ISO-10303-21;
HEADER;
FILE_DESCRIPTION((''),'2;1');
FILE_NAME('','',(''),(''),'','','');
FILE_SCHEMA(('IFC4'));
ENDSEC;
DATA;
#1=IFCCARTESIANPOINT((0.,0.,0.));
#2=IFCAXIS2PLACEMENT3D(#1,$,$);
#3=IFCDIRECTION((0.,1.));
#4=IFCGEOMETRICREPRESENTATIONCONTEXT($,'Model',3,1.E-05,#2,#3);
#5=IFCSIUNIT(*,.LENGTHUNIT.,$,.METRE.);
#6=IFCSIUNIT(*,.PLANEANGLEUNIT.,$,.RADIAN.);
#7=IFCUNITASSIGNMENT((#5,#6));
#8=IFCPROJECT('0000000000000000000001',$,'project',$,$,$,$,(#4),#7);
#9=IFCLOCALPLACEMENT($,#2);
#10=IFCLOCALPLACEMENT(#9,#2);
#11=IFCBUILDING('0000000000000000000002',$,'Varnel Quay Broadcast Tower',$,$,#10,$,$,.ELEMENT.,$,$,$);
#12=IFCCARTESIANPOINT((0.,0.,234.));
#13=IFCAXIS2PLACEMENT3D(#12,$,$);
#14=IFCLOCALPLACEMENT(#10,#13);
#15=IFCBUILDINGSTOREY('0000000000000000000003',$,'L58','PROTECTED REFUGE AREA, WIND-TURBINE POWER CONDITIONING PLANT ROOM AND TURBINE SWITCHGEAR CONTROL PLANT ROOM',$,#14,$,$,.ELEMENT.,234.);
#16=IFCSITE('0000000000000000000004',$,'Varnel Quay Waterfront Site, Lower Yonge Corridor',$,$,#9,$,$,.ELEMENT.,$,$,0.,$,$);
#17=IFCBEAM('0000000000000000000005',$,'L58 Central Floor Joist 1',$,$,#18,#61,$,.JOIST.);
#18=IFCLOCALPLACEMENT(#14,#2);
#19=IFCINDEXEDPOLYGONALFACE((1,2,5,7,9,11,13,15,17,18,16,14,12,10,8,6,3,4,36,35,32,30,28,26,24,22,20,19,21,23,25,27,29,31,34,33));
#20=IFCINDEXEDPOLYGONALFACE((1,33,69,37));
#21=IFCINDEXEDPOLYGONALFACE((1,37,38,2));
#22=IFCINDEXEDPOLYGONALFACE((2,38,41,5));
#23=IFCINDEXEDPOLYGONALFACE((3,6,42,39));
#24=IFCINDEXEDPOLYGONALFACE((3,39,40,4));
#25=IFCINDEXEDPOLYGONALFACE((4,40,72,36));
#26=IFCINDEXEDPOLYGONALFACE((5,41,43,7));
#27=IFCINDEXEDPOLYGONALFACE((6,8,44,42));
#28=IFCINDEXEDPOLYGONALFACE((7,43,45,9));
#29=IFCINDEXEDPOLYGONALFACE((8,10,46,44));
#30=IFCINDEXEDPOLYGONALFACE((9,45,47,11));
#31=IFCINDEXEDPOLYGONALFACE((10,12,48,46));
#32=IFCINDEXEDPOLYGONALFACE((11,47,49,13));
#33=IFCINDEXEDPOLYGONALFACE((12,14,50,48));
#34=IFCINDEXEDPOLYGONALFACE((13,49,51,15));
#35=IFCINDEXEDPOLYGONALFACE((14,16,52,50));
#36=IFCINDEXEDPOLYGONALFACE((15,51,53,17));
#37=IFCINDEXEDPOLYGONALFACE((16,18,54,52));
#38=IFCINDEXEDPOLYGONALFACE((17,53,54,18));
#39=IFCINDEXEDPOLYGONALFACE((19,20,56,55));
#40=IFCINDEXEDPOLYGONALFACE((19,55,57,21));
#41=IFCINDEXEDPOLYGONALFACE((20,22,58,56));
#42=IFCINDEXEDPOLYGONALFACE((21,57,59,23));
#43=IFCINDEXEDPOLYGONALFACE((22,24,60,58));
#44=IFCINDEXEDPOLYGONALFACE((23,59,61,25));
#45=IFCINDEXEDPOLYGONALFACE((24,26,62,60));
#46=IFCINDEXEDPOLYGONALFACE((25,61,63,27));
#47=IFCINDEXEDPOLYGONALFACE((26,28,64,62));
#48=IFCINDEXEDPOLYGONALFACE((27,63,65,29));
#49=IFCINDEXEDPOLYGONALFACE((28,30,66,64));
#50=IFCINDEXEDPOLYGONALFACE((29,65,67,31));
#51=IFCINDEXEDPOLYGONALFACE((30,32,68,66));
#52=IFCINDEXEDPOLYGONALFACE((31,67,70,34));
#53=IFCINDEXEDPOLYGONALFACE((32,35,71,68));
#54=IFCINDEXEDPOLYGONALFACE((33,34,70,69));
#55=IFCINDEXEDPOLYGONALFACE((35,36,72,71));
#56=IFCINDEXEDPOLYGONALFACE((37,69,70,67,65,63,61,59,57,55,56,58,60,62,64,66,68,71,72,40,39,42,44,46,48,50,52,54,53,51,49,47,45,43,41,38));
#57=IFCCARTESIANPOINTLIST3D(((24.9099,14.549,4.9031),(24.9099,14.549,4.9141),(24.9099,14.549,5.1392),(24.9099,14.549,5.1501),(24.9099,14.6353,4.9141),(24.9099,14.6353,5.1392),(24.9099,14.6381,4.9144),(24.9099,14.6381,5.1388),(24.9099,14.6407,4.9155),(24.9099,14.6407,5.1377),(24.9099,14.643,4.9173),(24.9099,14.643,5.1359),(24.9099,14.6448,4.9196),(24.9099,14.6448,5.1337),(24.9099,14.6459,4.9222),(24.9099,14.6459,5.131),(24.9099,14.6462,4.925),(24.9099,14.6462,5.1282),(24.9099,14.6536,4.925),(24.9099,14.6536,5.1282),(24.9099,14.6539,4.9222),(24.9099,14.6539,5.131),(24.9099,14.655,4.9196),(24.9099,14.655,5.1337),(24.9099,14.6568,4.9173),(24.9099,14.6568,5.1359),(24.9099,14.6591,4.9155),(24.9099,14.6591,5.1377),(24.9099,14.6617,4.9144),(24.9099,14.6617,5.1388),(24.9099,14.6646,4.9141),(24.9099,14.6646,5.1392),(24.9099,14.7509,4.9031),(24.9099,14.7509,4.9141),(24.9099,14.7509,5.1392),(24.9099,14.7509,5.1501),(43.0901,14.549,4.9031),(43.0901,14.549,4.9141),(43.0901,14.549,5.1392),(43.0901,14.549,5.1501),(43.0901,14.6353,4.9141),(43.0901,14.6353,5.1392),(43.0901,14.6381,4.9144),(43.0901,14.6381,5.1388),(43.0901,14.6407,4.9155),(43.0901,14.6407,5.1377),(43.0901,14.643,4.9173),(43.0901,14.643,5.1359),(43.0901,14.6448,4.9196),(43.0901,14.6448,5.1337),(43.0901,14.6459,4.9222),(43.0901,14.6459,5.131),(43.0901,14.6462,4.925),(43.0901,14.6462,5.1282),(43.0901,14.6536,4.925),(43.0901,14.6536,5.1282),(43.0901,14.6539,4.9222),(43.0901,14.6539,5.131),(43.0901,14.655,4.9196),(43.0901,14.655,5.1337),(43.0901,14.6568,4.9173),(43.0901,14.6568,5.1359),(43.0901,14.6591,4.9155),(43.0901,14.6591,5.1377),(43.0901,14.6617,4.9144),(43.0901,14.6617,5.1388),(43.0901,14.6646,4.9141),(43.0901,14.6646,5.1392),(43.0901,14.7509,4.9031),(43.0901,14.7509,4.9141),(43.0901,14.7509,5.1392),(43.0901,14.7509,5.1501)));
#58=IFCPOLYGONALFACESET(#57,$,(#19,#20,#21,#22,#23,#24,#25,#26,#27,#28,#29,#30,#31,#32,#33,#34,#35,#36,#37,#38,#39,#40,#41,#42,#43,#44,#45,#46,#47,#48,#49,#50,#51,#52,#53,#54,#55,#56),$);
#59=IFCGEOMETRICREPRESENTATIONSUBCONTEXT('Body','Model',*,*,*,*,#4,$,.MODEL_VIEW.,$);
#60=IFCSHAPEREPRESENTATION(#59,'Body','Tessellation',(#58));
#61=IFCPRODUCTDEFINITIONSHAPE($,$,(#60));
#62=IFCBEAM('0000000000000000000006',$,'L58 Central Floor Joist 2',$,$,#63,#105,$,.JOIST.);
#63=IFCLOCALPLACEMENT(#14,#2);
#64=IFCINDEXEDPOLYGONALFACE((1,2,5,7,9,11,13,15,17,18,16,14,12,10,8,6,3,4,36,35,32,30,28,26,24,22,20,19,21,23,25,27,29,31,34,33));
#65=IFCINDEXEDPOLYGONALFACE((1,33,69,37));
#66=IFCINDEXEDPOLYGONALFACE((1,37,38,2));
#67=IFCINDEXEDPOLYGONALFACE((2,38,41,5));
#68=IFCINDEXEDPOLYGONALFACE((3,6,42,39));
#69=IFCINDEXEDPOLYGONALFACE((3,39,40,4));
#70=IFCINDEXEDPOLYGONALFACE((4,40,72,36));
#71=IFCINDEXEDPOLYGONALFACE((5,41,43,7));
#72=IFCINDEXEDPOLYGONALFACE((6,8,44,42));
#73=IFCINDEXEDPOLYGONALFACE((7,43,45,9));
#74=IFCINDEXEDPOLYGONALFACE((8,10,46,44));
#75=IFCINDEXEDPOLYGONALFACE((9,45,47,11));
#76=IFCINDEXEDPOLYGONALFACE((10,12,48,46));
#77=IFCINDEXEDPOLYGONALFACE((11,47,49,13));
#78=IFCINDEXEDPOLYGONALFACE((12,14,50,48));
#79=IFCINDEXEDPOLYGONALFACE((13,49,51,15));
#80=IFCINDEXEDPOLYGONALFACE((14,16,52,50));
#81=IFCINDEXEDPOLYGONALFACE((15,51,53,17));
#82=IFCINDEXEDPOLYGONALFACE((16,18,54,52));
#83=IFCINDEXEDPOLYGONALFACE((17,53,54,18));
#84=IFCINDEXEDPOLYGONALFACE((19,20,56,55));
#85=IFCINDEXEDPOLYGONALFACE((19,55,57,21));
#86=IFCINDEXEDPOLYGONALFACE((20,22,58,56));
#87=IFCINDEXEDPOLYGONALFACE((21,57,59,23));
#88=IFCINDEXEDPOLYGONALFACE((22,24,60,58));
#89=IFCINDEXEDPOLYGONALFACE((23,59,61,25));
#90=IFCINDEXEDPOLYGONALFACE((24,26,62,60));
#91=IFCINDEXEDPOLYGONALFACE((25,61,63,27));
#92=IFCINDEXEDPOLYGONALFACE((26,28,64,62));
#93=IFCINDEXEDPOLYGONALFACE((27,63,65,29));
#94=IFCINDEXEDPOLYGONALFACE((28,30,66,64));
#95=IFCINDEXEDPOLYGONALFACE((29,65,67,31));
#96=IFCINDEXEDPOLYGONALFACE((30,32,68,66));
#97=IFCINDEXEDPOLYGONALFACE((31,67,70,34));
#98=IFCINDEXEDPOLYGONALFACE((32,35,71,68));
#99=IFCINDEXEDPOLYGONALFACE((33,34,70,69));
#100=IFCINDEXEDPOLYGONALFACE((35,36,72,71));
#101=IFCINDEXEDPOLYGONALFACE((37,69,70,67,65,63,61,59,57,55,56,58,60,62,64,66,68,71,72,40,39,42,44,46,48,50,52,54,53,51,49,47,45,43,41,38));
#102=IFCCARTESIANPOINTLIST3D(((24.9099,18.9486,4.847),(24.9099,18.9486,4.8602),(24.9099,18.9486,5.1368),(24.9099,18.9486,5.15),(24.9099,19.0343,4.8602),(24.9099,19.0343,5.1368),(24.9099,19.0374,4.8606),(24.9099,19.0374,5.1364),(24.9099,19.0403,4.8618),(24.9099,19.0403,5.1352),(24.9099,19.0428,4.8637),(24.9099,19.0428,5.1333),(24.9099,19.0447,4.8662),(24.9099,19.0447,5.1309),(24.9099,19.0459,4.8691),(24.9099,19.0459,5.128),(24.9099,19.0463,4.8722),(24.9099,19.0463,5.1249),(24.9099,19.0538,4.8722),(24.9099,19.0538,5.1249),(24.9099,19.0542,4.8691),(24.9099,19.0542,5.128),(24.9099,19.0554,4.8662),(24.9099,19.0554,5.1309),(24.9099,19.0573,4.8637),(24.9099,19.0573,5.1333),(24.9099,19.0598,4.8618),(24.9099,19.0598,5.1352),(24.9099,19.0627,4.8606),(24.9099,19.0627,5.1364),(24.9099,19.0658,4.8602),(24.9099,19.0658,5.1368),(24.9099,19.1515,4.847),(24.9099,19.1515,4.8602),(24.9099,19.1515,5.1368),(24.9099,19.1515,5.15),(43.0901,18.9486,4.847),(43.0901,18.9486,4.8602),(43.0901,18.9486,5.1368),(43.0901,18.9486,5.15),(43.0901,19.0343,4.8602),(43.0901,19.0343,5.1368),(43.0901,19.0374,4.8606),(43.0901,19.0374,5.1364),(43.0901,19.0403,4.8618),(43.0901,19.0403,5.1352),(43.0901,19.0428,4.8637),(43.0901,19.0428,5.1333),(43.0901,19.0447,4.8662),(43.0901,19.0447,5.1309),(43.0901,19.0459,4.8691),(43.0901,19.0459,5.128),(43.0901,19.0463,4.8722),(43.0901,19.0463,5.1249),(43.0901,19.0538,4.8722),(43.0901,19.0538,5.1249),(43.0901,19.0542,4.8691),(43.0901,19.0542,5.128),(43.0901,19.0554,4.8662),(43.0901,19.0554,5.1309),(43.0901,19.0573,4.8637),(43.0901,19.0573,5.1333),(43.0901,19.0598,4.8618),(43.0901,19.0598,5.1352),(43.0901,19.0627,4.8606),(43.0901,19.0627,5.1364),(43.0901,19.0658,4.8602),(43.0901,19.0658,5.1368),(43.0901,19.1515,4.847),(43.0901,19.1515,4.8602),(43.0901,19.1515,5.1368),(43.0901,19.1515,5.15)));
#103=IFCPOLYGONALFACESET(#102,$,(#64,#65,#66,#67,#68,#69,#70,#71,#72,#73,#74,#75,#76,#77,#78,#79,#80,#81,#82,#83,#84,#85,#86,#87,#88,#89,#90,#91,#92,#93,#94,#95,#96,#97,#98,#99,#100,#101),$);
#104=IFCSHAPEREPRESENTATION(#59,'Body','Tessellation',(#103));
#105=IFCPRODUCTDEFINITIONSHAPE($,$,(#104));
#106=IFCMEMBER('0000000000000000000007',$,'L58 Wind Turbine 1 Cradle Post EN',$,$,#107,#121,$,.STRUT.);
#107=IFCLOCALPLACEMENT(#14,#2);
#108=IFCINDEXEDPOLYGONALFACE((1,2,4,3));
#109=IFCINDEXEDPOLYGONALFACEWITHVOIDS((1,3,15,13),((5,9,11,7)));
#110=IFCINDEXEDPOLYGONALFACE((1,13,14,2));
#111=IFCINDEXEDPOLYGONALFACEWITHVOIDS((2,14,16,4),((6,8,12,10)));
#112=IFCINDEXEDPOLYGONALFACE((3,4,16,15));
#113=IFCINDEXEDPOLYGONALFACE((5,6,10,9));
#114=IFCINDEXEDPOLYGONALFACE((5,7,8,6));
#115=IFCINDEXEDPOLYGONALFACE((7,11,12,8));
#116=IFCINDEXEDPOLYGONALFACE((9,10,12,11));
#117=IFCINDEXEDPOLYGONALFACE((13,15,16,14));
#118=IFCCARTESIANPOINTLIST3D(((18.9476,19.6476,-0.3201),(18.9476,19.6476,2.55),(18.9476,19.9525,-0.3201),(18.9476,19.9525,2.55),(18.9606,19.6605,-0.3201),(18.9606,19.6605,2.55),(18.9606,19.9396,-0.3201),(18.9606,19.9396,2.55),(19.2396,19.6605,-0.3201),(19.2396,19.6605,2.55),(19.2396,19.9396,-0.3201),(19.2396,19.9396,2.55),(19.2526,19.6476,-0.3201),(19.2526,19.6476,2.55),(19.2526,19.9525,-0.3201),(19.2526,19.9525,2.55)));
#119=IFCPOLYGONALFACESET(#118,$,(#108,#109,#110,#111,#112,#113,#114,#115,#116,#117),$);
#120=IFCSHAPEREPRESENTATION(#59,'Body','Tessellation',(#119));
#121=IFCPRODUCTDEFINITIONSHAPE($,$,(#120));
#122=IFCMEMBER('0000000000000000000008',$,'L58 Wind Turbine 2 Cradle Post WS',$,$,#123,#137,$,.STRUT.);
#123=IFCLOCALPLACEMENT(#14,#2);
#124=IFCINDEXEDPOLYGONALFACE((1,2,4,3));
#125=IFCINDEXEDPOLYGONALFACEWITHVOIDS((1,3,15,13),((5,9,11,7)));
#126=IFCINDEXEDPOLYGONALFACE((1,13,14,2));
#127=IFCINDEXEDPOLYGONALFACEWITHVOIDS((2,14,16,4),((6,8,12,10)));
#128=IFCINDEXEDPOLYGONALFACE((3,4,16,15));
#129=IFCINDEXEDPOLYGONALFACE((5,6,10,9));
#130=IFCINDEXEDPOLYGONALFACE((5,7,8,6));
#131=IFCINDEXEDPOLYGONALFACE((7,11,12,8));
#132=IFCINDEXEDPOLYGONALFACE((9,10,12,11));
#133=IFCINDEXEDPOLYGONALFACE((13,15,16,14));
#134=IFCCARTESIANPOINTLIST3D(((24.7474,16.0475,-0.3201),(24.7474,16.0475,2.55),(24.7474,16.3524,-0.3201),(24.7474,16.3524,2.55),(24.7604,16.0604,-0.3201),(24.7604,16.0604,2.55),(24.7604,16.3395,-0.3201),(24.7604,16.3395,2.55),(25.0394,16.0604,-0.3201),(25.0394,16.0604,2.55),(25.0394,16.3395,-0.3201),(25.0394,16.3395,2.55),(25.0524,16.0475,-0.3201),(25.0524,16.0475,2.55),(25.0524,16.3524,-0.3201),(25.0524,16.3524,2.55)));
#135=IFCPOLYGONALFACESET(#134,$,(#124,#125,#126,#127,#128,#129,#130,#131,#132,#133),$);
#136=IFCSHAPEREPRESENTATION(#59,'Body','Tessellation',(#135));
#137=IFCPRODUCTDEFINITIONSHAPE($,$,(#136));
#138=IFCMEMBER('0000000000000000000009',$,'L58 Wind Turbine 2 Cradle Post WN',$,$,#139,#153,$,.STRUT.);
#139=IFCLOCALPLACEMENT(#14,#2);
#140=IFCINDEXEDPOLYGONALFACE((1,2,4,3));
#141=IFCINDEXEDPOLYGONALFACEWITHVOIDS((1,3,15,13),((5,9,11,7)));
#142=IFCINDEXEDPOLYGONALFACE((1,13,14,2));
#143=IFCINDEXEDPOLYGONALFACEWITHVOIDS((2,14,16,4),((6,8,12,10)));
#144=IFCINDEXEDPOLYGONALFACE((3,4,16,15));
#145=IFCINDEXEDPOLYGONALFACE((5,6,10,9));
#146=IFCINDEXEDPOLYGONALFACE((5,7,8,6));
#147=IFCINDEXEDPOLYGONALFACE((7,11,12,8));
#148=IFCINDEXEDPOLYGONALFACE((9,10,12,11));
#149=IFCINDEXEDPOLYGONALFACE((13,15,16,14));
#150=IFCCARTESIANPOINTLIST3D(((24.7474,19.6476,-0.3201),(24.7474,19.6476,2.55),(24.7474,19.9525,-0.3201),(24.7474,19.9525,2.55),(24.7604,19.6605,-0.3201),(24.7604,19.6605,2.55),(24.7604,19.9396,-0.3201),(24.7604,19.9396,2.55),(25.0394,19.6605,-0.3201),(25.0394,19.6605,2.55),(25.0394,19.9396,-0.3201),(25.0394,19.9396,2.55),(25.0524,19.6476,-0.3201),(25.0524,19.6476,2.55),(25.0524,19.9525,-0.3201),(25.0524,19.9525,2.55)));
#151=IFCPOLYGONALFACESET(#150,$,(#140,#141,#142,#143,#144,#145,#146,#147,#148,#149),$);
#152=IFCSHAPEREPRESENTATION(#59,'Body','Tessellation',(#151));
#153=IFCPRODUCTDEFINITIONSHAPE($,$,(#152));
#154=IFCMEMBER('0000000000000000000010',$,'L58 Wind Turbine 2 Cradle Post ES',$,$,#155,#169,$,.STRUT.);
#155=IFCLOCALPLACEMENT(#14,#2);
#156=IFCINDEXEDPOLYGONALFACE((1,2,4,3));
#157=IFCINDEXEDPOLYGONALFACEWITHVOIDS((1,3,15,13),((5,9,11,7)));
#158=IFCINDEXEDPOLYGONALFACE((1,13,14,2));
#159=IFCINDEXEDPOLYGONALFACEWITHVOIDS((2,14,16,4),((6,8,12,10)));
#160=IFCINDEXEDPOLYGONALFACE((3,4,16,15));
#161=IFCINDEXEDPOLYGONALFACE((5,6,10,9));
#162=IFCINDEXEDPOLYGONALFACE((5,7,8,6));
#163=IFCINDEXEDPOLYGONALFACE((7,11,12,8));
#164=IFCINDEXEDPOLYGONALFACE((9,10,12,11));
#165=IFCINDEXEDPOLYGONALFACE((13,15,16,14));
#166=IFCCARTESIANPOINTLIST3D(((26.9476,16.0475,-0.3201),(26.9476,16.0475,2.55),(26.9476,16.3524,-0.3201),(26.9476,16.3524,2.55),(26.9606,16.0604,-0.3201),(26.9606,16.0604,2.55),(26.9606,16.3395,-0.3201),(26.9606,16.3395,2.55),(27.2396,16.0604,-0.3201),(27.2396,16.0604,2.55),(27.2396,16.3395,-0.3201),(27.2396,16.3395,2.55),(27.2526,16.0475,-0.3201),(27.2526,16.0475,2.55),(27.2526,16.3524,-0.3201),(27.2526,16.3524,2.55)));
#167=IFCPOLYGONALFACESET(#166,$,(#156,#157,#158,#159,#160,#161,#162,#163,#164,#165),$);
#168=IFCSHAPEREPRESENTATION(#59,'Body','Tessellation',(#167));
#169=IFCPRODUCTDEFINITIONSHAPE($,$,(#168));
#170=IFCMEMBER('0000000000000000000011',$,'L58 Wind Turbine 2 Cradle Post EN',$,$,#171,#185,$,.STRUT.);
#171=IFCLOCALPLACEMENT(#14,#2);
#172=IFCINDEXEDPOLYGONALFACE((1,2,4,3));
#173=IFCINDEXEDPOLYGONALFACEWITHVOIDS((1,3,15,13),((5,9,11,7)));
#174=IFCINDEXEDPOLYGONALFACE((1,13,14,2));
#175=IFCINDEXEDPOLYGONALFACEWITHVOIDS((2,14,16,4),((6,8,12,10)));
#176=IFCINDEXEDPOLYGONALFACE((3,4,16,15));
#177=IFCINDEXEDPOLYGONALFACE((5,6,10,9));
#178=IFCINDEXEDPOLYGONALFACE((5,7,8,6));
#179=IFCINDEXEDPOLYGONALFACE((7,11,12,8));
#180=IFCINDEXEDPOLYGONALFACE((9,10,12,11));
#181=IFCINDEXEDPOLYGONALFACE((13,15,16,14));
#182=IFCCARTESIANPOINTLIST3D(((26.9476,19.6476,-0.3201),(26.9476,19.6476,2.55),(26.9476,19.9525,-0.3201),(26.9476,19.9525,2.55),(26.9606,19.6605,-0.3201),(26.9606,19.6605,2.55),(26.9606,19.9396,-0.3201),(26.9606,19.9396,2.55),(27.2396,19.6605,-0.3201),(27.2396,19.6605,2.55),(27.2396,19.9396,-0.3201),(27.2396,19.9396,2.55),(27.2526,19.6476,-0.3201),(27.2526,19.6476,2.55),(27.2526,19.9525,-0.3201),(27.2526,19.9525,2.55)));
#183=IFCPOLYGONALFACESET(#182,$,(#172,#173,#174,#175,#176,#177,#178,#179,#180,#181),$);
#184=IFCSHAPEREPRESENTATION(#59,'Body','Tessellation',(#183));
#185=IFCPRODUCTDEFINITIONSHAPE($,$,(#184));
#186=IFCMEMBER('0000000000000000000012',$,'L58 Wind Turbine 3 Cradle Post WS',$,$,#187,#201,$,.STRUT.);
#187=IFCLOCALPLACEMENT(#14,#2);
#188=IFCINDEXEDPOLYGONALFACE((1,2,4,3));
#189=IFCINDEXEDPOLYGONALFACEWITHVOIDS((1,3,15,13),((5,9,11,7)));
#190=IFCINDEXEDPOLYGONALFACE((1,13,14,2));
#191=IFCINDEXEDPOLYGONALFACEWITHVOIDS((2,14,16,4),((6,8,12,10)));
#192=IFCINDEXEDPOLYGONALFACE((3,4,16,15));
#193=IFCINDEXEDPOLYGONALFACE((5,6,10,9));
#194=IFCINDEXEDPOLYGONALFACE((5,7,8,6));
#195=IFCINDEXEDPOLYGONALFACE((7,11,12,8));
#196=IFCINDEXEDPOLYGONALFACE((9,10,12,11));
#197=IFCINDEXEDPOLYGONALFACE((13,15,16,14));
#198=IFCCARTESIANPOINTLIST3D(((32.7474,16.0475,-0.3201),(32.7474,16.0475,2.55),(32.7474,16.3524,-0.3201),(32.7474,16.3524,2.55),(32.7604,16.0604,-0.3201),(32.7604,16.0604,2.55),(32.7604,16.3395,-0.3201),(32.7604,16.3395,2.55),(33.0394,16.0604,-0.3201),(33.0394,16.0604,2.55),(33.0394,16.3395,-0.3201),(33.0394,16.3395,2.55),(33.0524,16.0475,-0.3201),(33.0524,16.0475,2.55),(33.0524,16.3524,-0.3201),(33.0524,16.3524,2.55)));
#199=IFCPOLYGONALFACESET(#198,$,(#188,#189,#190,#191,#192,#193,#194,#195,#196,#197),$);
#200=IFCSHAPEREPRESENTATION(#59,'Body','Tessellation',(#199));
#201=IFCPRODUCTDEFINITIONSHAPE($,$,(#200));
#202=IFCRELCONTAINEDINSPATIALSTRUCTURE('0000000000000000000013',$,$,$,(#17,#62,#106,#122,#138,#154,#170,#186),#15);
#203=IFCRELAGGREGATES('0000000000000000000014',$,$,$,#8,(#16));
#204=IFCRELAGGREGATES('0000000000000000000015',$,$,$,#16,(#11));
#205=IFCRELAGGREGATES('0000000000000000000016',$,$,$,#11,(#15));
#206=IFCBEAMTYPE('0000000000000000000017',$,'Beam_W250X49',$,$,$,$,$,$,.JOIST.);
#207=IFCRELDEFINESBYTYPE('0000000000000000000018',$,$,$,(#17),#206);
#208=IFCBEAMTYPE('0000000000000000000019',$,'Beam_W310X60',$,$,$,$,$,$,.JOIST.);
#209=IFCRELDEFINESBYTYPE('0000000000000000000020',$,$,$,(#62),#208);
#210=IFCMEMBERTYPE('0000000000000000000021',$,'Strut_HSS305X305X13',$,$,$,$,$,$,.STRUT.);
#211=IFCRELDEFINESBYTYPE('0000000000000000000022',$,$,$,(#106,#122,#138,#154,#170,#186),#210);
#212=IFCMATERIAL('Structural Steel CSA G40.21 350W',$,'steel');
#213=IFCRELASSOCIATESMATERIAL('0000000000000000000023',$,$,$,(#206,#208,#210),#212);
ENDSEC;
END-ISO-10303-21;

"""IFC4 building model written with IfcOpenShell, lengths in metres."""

from ifc_helpers import new_model, si_unit, direction, frame, origin, origin_2d, place, context, subcontext, project, spatial, hollow_rectangle, i_section, extrude, source, transform, mapped, material, material_profile, profile_set, type_object, type_shapes, element, save


model = new_model("IFC4")

# Units and contexts
model_context = context("Model", 3, precision=1e-05, world=origin(), true_north=direction((0.0, 1.0)))
body_context = subcontext(model_context, "Body", "Model", "MODEL_VIEW")
ifc_project = project(units=[si_unit("LENGTHUNIT", "METRE"), si_unit("PLANEANGLEUNIT", "RADIAN")], contexts=[model_context])

# Site, building, storey
site_placement = place(None, origin())
site = spatial("IfcSite", under=ifc_project, at=site_placement, Name="Varnel Quay Waterfront Site, Lower Yonge Corridor", CompositionType="ELEMENT", RefElevation=0.0)
building_placement = place(site_placement, origin())
building = spatial("IfcBuilding", under=site, at=building_placement, Name="Varnel Quay Broadcast Tower", CompositionType="ELEMENT")
storey_placement = place(building_placement, frame((0.0, 0.0, 234.0)))
storey = spatial("IfcBuildingStorey", under=building, at=storey_placement, Name="L58", Description="PROTECTED REFUGE AREA, WIND-TURBINE POWER CONDITIONING PLANT ROOM AND TURBINE SWITCHGEAR CONTROL PLANT ROOM", CompositionType="ELEMENT", Elevation=234.0)

# Shared definitions
ifc_material_1 = material(Name="Structural Steel CSA G40.21 350W", Category="steel")

# Beams
ifc_material_profile_1 = material_profile(ifc_material_1, i_section(OverallWidth=0.2019, OverallDepth=0.2471, WebThickness=0.0073, FlangeThickness=0.011, FilletRadius=0.011, at=origin_2d()), Name="W250X49")
ifc_profile_set_1 = profile_set([ifc_material_profile_1], Name="Structural Steel CSA G40.21 350W")
beam_type_1 = type_object("IfcBeamType", Name="Beam_W250X49", PredefinedType="JOIST", material=ifc_profile_set_1)
shared_shape_1 = source(origin(), body_context, "Body", "SweptSolid", [
    extrude(i_section(OverallWidth=0.2019, OverallDepth=0.2471, WebThickness=0.0073, FlangeThickness=0.011, FilletRadius=0.011, at=origin_2d()), origin(), (0.0, 0.0, 1.0), 18.1802),
])
type_shapes(beam_type_1, [shared_shape_1])
beam_1_placement = place(storey_placement, frame((24.9099, 14.6499, 5.0266), z_axis=(1.0, 0.0, 0.0), x_axis=(0.0, 1.0, 0.0)))
element("IfcBeam", 1, at=beam_1_placement, inside=storey, type_object=beam_type_1, Name="L58 Central Floor Joist 1", PredefinedType="JOIST", context=body_context, shape_type="MappedRepresentation", body=[
    mapped(shared_shape_1, transform((0.0, 0.0, 0.0), x_axis=(1.0, 0.0, 0.0), y_axis=(0.0, 1.0, 0.0), z_axis=(0.0, 0.0, 1.0), scale=1.0)),
])
ifc_material_profile_2 = material_profile(ifc_material_1, i_section(OverallWidth=0.2029, OverallDepth=0.303, WebThickness=0.0076, FlangeThickness=0.0132, FilletRadius=0.012, at=origin_2d()), Name="W310X60")
ifc_profile_set_2 = profile_set([ifc_material_profile_2], Name="Structural Steel CSA G40.21 350W")
beam_type_2 = type_object("IfcBeamType", Name="Beam_W310X60", PredefinedType="JOIST", material=ifc_profile_set_2)
shared_shape_2 = source(origin(), body_context, "Body", "SweptSolid", [
    extrude(i_section(OverallWidth=0.2029, OverallDepth=0.303, WebThickness=0.0076, FlangeThickness=0.0132, FilletRadius=0.012, at=origin_2d()), origin(), (0.0, 0.0, 1.0), 18.1802),
])
beam_2_placement = place(storey_placement, frame((24.9099, 19.05, 4.9985), z_axis=(1.0, 0.0, 0.0), x_axis=(0.0, 1.0, 0.0)))
element("IfcBeam", 2, at=beam_2_placement, inside=storey, type_object=beam_type_2, Name="L58 Central Floor Joist 2", PredefinedType="JOIST", context=body_context, shape_type="MappedRepresentation", body=[
    mapped(shared_shape_2, transform((0.0, 0.0, 0.0), x_axis=(1.0, 0.0, 0.0), y_axis=(0.0, 1.0, 0.0), z_axis=(0.0, 0.0, 1.0), scale=1.0)),
])

# Members
ifc_material_profile_3 = material_profile(ifc_material_1, hollow_rectangle(XDim=0.3049, YDim=0.3049, WallThickness=0.0129, at=origin_2d()), Name="HSS305X305X13")
ifc_profile_set_3 = profile_set([ifc_material_profile_3], Name="Structural Steel CSA G40.21 350W")
member_type_1 = type_object("IfcMemberType", Name="Strut_HSS305X305X13", PredefinedType="STRUT", material=ifc_profile_set_3)
shared_shape_3 = source(origin(), body_context, "Body", "SweptSolid", [
    extrude(hollow_rectangle(XDim=0.3049, YDim=0.3049, WallThickness=0.0129, at=origin_2d()), origin(), (0.0, 0.0, 1.0), 2.8701),
])
type_shapes(member_type_1, [shared_shape_3])
for number, where, z_axis, x_axis, name in (
    (3, (19.1001, 19.8, -0.3201), (0.0, 0.0, 1.0), (1.0, 0.0, 0.0), "L58 Wind Turbine 1 Cradle Post EN"),
    (4, (24.8999, 16.2, -0.3201), (0.0, 0.0, 1.0), (1.0, 0.0, 0.0), "L58 Wind Turbine 2 Cradle Post WS"),
    (5, (24.8999, 19.8, -0.3201), (0.0, 0.0, 1.0), (1.0, 0.0, 0.0), "L58 Wind Turbine 2 Cradle Post WN"),
    (6, (27.1001, 16.2, -0.3201), (0.0, 0.0, 1.0), (1.0, 0.0, 0.0), "L58 Wind Turbine 2 Cradle Post ES"),
    (7, (27.1001, 19.8, -0.3201), (0.0, 0.0, 1.0), (1.0, 0.0, 0.0), "L58 Wind Turbine 2 Cradle Post EN"),
    (8, (32.8999, 16.2, -0.3201), (0.0, 0.0, 1.0), (1.0, 0.0, 0.0), "L58 Wind Turbine 3 Cradle Post WS"),
):
    element("IfcMember", number, at=place(storey_placement, frame(where, z_axis=z_axis, x_axis=x_axis)), inside=storey, type_object=member_type_1, Name=name, PredefinedType="STRUT", context=body_context, shape_type="MappedRepresentation", body=[
        mapped(shared_shape_3, transform((0.0, 0.0, 0.0), x_axis=(1.0, 0.0, 0.0), y_axis=(0.0, 1.0, 0.0), z_axis=(0.0, 0.0, 1.0), scale=1.0)),
    ])

save(model, "model.ifc")
